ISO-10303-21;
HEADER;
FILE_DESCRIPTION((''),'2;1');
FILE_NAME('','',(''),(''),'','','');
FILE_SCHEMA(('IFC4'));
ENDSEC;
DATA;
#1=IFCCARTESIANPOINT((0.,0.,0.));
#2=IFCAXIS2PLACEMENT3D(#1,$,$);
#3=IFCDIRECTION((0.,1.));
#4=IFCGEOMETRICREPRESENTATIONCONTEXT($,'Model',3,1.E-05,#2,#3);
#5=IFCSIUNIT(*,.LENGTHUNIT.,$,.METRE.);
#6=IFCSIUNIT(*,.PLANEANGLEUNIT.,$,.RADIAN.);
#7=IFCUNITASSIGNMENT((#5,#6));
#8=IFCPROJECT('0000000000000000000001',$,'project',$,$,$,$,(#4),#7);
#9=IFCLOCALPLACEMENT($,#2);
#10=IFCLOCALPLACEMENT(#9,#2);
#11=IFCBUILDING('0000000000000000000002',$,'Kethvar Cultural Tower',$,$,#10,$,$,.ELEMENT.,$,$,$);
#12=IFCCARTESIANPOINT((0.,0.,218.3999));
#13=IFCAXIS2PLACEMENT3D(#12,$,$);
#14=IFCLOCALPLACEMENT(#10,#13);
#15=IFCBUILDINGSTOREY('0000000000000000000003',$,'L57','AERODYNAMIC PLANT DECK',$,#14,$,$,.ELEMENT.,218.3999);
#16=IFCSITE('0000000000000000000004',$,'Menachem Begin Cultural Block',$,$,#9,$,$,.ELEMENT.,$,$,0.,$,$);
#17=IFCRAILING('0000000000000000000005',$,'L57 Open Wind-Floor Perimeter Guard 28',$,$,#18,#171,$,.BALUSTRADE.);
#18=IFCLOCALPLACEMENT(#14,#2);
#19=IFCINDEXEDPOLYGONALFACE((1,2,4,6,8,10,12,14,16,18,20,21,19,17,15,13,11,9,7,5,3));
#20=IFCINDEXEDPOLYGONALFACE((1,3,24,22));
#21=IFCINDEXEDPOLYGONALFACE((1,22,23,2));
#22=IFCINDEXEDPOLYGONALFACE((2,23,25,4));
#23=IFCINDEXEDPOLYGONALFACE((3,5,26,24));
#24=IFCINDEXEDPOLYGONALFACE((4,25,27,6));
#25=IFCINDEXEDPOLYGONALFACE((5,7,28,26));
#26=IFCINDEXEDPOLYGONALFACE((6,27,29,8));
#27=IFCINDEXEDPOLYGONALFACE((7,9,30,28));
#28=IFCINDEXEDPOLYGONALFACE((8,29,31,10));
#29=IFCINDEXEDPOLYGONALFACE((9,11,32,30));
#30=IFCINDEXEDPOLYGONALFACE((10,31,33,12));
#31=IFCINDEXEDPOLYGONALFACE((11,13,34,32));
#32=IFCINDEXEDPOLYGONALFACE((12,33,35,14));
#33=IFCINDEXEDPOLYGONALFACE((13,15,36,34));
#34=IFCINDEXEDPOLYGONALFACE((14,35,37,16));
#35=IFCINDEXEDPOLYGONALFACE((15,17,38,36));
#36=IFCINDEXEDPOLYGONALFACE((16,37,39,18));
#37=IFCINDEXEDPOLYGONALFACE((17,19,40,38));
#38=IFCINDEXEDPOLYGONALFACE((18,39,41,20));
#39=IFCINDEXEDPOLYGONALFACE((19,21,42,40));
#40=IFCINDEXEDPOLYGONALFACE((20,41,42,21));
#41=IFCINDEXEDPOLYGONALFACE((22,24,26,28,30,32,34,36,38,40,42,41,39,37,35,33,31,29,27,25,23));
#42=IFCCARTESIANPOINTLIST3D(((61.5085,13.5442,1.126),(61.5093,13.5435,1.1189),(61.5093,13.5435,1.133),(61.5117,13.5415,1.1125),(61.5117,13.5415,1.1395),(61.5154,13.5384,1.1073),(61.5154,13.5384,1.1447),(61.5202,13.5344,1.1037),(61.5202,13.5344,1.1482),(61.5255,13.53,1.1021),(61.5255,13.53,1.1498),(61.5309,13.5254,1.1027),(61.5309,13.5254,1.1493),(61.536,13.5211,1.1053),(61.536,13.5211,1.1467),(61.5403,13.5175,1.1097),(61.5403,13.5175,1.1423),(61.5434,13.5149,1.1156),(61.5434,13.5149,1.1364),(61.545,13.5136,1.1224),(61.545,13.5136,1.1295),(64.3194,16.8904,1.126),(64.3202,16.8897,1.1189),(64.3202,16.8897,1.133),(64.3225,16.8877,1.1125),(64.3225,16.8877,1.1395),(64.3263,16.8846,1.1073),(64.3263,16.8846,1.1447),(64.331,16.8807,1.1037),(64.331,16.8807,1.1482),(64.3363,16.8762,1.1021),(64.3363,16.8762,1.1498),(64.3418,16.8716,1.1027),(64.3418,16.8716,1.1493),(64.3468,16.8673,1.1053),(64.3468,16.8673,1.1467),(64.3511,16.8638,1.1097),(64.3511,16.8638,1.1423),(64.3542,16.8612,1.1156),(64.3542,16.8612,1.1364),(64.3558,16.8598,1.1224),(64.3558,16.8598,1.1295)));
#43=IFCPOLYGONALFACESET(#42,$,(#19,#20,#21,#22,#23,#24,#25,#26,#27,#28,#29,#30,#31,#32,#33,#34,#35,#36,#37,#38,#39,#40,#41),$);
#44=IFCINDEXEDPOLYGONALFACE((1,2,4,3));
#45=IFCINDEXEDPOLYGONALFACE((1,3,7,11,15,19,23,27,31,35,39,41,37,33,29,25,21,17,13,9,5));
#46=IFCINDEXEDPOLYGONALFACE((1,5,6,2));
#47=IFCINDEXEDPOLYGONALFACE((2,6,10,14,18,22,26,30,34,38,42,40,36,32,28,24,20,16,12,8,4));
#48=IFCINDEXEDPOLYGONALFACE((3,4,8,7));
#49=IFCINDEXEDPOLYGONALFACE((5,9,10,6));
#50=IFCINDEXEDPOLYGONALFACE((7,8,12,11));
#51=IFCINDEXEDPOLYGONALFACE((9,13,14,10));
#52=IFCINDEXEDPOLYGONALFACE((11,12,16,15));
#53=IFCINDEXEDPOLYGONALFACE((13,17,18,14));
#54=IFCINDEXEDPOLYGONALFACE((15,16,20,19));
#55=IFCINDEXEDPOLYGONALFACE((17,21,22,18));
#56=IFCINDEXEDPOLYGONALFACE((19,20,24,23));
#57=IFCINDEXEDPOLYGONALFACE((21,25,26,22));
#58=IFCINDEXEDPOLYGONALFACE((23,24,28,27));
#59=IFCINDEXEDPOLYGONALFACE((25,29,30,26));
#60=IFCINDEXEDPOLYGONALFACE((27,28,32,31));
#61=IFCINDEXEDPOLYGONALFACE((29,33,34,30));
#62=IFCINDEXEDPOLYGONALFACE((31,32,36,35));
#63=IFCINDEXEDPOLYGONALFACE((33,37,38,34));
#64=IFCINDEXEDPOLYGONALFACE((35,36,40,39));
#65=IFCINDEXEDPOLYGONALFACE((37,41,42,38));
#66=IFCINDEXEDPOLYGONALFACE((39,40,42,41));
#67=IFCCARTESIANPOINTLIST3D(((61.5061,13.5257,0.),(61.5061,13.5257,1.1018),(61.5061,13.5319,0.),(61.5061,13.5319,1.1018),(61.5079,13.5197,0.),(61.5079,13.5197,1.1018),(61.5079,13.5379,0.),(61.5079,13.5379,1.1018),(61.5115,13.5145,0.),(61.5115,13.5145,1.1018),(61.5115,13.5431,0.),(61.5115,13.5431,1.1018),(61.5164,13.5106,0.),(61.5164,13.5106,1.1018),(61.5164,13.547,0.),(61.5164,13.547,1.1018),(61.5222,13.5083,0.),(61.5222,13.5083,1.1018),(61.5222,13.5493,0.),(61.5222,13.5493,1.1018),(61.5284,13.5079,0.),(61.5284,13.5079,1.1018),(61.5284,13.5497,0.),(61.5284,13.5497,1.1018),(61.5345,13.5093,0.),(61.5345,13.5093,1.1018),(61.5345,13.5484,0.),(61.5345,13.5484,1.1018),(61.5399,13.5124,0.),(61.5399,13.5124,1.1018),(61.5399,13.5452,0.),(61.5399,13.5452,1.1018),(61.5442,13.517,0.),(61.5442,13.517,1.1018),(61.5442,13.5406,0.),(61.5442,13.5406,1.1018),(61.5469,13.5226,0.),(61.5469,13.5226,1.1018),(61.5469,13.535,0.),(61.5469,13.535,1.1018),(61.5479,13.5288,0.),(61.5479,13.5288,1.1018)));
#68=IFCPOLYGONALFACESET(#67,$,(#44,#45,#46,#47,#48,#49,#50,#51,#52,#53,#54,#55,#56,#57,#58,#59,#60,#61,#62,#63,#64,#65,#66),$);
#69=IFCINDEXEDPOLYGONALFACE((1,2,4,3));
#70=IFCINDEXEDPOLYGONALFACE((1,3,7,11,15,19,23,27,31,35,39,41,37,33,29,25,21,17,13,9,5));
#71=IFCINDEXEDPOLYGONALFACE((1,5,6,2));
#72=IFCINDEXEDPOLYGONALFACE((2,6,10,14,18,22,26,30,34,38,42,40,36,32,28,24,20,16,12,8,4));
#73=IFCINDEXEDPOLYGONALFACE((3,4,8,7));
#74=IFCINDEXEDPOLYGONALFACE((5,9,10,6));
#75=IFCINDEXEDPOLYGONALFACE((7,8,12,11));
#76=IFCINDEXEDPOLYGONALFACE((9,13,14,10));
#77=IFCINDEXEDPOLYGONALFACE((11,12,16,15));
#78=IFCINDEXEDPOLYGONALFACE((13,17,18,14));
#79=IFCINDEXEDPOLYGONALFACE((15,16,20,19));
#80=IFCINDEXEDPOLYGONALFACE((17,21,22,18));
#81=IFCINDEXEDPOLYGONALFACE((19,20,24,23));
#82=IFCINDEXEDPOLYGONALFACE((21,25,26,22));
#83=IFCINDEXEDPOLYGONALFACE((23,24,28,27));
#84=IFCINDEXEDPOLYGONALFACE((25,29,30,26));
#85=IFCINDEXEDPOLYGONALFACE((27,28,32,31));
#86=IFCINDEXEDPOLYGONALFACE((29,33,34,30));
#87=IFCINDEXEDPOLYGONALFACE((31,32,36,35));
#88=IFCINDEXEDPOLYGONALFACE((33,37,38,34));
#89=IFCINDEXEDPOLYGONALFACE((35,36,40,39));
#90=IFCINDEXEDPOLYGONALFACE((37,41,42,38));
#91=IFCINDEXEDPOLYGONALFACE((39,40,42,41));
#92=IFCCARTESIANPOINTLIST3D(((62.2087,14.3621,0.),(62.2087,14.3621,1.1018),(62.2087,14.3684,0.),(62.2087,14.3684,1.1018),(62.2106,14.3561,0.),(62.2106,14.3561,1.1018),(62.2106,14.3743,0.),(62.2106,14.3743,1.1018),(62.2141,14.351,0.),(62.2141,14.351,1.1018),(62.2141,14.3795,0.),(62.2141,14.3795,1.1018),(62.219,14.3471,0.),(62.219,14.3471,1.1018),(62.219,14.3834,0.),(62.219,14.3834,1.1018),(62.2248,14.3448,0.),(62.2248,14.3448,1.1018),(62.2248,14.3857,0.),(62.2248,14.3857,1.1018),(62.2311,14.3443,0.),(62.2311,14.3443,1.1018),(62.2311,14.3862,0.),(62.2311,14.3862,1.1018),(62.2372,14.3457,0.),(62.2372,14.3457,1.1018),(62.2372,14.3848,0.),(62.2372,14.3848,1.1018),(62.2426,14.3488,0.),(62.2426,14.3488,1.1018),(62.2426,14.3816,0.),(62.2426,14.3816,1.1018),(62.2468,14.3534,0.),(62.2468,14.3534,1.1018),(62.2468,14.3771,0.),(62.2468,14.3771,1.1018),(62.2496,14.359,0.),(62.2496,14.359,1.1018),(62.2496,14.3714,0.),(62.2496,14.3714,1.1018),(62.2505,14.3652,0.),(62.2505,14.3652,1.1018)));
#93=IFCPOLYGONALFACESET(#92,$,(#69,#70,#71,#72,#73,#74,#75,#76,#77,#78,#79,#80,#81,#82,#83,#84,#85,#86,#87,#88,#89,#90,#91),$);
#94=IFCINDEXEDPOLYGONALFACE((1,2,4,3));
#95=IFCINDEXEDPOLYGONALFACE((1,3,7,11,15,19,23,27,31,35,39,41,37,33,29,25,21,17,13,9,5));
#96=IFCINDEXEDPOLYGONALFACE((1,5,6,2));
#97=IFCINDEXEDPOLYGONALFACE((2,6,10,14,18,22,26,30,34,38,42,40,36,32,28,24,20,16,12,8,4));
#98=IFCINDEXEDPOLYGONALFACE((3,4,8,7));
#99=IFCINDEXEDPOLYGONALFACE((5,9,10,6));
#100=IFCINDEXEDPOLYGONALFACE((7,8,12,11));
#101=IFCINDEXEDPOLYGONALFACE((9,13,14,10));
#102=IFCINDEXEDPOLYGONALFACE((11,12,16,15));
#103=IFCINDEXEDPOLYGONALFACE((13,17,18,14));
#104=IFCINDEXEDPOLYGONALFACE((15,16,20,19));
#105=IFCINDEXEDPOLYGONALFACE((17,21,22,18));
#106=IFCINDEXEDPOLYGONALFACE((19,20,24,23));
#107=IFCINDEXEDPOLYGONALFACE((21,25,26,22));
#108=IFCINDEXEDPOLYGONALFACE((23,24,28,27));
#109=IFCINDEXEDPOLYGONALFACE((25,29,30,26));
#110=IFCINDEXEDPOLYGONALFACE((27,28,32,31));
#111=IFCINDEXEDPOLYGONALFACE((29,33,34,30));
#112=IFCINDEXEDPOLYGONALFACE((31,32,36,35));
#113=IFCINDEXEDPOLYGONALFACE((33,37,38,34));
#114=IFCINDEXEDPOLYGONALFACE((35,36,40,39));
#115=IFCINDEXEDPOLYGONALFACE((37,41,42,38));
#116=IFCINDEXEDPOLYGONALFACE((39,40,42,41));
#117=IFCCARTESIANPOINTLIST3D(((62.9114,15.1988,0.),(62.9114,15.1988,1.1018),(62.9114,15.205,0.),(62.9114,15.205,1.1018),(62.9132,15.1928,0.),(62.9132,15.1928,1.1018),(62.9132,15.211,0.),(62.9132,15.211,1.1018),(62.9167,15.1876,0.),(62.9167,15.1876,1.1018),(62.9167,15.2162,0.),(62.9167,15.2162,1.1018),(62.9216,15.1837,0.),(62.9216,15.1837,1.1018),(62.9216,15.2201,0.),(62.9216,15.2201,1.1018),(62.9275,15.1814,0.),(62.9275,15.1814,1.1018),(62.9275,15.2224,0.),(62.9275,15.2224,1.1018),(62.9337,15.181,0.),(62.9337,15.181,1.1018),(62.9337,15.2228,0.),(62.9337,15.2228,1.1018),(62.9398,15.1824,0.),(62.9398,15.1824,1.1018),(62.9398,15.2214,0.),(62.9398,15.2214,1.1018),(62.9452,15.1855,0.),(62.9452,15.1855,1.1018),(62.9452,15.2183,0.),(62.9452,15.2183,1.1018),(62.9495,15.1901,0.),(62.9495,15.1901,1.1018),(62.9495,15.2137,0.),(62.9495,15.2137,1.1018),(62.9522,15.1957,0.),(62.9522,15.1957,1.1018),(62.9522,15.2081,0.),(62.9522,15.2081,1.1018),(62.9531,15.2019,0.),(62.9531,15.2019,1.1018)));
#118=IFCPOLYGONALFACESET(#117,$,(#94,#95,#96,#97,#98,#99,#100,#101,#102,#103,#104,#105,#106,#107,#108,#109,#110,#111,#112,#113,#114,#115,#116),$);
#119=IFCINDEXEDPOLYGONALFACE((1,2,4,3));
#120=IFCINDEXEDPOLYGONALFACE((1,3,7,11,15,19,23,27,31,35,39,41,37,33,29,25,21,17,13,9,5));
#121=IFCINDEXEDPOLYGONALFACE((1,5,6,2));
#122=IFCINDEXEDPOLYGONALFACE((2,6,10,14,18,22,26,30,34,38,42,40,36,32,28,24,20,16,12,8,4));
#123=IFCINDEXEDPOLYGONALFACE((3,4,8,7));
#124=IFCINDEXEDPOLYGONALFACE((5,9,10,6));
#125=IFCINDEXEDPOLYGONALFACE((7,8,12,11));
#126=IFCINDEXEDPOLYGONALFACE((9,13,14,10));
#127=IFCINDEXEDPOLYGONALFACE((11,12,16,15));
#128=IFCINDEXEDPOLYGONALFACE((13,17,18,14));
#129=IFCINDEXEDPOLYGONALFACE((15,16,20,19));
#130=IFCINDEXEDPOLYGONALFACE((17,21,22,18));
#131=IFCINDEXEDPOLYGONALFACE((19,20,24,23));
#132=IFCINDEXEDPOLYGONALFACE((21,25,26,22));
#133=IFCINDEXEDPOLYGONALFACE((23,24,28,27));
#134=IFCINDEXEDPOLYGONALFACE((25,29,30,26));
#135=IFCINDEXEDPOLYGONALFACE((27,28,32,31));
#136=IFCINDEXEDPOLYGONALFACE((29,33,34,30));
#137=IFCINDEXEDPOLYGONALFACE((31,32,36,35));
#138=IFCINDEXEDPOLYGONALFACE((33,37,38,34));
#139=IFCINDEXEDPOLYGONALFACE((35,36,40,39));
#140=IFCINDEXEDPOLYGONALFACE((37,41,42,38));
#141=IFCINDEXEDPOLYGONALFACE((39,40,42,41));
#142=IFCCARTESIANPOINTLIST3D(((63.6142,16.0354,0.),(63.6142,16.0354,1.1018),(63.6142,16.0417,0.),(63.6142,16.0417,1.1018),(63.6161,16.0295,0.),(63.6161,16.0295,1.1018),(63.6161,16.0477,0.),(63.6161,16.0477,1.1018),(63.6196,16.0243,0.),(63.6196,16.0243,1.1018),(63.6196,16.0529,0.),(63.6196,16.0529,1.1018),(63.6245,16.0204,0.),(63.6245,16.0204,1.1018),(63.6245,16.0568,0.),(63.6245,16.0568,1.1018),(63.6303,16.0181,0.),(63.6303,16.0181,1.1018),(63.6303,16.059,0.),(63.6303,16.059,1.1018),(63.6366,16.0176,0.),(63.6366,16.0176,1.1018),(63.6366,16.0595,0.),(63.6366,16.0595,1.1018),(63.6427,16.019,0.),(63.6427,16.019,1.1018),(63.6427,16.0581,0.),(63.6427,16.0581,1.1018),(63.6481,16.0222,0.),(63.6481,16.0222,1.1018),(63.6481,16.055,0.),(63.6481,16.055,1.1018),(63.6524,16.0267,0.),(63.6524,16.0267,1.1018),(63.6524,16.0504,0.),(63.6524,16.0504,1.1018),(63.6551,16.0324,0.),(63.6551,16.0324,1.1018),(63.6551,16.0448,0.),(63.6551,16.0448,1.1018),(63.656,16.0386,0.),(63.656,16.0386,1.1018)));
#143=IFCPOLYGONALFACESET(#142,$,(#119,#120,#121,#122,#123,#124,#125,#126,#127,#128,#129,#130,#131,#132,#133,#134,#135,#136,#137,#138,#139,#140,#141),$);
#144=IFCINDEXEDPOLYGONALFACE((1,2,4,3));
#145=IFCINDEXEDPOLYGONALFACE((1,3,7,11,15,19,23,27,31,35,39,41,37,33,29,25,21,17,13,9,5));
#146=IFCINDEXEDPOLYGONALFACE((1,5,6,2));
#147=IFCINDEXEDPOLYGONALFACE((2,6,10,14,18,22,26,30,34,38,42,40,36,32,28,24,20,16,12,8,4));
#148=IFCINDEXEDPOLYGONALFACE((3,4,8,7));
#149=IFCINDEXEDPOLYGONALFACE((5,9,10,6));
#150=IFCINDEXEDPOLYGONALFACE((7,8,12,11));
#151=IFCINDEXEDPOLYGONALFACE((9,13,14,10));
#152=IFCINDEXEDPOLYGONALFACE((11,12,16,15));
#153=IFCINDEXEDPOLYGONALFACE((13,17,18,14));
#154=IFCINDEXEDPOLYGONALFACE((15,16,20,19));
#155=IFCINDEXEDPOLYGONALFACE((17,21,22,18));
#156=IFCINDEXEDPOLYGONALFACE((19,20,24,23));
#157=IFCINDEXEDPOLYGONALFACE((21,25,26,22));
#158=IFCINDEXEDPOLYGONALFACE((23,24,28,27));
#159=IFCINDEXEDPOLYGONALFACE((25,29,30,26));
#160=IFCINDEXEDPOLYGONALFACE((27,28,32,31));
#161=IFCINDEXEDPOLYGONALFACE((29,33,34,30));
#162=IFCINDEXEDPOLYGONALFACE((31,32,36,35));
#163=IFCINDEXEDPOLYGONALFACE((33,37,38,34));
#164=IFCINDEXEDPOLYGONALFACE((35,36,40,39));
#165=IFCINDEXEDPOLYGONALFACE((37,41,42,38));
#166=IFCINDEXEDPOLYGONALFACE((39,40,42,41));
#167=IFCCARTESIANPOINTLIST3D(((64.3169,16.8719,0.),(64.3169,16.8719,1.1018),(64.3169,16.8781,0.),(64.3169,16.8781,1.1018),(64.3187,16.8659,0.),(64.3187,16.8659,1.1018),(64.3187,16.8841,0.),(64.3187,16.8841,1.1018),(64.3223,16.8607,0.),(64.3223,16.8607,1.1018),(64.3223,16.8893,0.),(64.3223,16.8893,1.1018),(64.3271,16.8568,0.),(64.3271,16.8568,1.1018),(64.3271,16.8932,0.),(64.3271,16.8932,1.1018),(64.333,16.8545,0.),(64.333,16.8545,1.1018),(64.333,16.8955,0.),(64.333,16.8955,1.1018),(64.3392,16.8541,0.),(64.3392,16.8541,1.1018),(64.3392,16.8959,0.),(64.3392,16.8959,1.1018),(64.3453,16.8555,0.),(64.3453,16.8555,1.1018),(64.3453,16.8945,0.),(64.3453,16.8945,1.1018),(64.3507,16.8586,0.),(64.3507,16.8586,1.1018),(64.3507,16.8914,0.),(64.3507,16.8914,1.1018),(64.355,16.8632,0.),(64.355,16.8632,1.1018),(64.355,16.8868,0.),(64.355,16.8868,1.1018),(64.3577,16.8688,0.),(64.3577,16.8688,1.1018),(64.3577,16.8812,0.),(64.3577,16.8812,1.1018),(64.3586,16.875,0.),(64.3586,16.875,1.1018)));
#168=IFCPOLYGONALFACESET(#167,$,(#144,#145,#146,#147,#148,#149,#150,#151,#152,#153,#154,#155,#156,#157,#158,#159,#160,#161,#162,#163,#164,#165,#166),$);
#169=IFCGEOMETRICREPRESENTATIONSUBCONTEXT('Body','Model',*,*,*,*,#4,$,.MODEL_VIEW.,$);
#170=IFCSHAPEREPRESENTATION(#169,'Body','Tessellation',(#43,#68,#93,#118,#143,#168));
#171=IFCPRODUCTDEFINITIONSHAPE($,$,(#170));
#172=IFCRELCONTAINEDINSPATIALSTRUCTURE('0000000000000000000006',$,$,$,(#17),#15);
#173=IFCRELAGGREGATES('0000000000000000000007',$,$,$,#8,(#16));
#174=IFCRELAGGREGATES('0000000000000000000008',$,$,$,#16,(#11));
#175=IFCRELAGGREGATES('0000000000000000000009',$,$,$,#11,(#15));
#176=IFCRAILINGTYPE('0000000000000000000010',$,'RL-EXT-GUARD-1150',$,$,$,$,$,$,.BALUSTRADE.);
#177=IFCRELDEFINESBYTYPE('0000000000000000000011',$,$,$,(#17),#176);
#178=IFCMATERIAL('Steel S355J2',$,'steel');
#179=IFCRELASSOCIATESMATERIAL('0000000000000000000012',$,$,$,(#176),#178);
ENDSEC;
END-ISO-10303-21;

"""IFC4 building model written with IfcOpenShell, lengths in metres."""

from ifc_helpers import new_model, si_unit, direction, frame, origin, origin_2d, place, context, subcontext, project, spatial, circle, extrude, material, type_object, element, save


model = new_model("IFC4")

# Units and contexts
model_context = context("Model", 3, precision=1e-05, world=origin(), true_north=direction((0.0, 1.0)))
body_context = subcontext(model_context, "Body", "Model", "MODEL_VIEW")
ifc_project = project(units=[si_unit("LENGTHUNIT", "METRE"), si_unit("PLANEANGLEUNIT", "RADIAN")], contexts=[model_context])

# Site, building, storey
site_placement = place(None, origin())
site = spatial("IfcSite", under=ifc_project, at=site_placement, Name="Menachem Begin Cultural Block", CompositionType="ELEMENT", RefElevation=0.0)
building_placement = place(site_placement, origin())
building = spatial("IfcBuilding", under=site, at=building_placement, Name="Kethvar Cultural Tower", CompositionType="ELEMENT")
storey_placement = place(building_placement, frame((0.0, 0.0, 218.3999)))
storey = spatial("IfcBuildingStorey", under=building, at=storey_placement, Name="L57", Description="AERODYNAMIC PLANT DECK", CompositionType="ELEMENT", Elevation=218.3999)

# Shared definitions
ifc_material_1 = material(Name="Steel S355J2", Category="steel")

# Railing
railing_type_1 = type_object("IfcRailingType", Name="RL-EXT-GUARD-1150", PredefinedType="BALUSTRADE", material=ifc_material_1)
railing_1_placement = place(storey_placement, frame((61.5269, 13.5288, 0.0)))
element("IfcRailing", 1, at=railing_1_placement, inside=storey, type_object=railing_type_1, Name="L57 Open Wind-Floor Perimeter Guard 28", PredefinedType="BALUSTRADE", context=body_context, shape_type="SweptSolid", body=[
    extrude(circle(Radius=0.0239, at=origin_2d()), frame((0.0, 0.0, 1.126), z_axis=(0.643191, 0.765706, 0.0), x_axis=(-0.765706, 0.643191, 0.0)), (0.0, 0.0, 1.0), 4.3701),
    extrude(circle(Radius=0.021, at=origin_2d()), origin(), (0.0, 0.0, 1.0), 1.1018),
    extrude(circle(Radius=0.021, at=origin_2d()), frame((0.7026, 0.8364, 0.0)), (0.0, 0.0, 1.0), 1.1018),
    extrude(circle(Radius=0.021, at=origin_2d()), frame((1.4053, 1.6731, 0.0)), (0.0, 0.0, 1.0), 1.1018),
    extrude(circle(Radius=0.021, at=origin_2d()), frame((2.1082, 2.5098, 0.0)), (0.0, 0.0, 1.0), 1.1018),
    extrude(circle(Radius=0.021, at=origin_2d()), frame((2.8108, 3.3462, 0.0)), (0.0, 0.0, 1.0), 1.1018),
])

save(model, "model.ifc")
